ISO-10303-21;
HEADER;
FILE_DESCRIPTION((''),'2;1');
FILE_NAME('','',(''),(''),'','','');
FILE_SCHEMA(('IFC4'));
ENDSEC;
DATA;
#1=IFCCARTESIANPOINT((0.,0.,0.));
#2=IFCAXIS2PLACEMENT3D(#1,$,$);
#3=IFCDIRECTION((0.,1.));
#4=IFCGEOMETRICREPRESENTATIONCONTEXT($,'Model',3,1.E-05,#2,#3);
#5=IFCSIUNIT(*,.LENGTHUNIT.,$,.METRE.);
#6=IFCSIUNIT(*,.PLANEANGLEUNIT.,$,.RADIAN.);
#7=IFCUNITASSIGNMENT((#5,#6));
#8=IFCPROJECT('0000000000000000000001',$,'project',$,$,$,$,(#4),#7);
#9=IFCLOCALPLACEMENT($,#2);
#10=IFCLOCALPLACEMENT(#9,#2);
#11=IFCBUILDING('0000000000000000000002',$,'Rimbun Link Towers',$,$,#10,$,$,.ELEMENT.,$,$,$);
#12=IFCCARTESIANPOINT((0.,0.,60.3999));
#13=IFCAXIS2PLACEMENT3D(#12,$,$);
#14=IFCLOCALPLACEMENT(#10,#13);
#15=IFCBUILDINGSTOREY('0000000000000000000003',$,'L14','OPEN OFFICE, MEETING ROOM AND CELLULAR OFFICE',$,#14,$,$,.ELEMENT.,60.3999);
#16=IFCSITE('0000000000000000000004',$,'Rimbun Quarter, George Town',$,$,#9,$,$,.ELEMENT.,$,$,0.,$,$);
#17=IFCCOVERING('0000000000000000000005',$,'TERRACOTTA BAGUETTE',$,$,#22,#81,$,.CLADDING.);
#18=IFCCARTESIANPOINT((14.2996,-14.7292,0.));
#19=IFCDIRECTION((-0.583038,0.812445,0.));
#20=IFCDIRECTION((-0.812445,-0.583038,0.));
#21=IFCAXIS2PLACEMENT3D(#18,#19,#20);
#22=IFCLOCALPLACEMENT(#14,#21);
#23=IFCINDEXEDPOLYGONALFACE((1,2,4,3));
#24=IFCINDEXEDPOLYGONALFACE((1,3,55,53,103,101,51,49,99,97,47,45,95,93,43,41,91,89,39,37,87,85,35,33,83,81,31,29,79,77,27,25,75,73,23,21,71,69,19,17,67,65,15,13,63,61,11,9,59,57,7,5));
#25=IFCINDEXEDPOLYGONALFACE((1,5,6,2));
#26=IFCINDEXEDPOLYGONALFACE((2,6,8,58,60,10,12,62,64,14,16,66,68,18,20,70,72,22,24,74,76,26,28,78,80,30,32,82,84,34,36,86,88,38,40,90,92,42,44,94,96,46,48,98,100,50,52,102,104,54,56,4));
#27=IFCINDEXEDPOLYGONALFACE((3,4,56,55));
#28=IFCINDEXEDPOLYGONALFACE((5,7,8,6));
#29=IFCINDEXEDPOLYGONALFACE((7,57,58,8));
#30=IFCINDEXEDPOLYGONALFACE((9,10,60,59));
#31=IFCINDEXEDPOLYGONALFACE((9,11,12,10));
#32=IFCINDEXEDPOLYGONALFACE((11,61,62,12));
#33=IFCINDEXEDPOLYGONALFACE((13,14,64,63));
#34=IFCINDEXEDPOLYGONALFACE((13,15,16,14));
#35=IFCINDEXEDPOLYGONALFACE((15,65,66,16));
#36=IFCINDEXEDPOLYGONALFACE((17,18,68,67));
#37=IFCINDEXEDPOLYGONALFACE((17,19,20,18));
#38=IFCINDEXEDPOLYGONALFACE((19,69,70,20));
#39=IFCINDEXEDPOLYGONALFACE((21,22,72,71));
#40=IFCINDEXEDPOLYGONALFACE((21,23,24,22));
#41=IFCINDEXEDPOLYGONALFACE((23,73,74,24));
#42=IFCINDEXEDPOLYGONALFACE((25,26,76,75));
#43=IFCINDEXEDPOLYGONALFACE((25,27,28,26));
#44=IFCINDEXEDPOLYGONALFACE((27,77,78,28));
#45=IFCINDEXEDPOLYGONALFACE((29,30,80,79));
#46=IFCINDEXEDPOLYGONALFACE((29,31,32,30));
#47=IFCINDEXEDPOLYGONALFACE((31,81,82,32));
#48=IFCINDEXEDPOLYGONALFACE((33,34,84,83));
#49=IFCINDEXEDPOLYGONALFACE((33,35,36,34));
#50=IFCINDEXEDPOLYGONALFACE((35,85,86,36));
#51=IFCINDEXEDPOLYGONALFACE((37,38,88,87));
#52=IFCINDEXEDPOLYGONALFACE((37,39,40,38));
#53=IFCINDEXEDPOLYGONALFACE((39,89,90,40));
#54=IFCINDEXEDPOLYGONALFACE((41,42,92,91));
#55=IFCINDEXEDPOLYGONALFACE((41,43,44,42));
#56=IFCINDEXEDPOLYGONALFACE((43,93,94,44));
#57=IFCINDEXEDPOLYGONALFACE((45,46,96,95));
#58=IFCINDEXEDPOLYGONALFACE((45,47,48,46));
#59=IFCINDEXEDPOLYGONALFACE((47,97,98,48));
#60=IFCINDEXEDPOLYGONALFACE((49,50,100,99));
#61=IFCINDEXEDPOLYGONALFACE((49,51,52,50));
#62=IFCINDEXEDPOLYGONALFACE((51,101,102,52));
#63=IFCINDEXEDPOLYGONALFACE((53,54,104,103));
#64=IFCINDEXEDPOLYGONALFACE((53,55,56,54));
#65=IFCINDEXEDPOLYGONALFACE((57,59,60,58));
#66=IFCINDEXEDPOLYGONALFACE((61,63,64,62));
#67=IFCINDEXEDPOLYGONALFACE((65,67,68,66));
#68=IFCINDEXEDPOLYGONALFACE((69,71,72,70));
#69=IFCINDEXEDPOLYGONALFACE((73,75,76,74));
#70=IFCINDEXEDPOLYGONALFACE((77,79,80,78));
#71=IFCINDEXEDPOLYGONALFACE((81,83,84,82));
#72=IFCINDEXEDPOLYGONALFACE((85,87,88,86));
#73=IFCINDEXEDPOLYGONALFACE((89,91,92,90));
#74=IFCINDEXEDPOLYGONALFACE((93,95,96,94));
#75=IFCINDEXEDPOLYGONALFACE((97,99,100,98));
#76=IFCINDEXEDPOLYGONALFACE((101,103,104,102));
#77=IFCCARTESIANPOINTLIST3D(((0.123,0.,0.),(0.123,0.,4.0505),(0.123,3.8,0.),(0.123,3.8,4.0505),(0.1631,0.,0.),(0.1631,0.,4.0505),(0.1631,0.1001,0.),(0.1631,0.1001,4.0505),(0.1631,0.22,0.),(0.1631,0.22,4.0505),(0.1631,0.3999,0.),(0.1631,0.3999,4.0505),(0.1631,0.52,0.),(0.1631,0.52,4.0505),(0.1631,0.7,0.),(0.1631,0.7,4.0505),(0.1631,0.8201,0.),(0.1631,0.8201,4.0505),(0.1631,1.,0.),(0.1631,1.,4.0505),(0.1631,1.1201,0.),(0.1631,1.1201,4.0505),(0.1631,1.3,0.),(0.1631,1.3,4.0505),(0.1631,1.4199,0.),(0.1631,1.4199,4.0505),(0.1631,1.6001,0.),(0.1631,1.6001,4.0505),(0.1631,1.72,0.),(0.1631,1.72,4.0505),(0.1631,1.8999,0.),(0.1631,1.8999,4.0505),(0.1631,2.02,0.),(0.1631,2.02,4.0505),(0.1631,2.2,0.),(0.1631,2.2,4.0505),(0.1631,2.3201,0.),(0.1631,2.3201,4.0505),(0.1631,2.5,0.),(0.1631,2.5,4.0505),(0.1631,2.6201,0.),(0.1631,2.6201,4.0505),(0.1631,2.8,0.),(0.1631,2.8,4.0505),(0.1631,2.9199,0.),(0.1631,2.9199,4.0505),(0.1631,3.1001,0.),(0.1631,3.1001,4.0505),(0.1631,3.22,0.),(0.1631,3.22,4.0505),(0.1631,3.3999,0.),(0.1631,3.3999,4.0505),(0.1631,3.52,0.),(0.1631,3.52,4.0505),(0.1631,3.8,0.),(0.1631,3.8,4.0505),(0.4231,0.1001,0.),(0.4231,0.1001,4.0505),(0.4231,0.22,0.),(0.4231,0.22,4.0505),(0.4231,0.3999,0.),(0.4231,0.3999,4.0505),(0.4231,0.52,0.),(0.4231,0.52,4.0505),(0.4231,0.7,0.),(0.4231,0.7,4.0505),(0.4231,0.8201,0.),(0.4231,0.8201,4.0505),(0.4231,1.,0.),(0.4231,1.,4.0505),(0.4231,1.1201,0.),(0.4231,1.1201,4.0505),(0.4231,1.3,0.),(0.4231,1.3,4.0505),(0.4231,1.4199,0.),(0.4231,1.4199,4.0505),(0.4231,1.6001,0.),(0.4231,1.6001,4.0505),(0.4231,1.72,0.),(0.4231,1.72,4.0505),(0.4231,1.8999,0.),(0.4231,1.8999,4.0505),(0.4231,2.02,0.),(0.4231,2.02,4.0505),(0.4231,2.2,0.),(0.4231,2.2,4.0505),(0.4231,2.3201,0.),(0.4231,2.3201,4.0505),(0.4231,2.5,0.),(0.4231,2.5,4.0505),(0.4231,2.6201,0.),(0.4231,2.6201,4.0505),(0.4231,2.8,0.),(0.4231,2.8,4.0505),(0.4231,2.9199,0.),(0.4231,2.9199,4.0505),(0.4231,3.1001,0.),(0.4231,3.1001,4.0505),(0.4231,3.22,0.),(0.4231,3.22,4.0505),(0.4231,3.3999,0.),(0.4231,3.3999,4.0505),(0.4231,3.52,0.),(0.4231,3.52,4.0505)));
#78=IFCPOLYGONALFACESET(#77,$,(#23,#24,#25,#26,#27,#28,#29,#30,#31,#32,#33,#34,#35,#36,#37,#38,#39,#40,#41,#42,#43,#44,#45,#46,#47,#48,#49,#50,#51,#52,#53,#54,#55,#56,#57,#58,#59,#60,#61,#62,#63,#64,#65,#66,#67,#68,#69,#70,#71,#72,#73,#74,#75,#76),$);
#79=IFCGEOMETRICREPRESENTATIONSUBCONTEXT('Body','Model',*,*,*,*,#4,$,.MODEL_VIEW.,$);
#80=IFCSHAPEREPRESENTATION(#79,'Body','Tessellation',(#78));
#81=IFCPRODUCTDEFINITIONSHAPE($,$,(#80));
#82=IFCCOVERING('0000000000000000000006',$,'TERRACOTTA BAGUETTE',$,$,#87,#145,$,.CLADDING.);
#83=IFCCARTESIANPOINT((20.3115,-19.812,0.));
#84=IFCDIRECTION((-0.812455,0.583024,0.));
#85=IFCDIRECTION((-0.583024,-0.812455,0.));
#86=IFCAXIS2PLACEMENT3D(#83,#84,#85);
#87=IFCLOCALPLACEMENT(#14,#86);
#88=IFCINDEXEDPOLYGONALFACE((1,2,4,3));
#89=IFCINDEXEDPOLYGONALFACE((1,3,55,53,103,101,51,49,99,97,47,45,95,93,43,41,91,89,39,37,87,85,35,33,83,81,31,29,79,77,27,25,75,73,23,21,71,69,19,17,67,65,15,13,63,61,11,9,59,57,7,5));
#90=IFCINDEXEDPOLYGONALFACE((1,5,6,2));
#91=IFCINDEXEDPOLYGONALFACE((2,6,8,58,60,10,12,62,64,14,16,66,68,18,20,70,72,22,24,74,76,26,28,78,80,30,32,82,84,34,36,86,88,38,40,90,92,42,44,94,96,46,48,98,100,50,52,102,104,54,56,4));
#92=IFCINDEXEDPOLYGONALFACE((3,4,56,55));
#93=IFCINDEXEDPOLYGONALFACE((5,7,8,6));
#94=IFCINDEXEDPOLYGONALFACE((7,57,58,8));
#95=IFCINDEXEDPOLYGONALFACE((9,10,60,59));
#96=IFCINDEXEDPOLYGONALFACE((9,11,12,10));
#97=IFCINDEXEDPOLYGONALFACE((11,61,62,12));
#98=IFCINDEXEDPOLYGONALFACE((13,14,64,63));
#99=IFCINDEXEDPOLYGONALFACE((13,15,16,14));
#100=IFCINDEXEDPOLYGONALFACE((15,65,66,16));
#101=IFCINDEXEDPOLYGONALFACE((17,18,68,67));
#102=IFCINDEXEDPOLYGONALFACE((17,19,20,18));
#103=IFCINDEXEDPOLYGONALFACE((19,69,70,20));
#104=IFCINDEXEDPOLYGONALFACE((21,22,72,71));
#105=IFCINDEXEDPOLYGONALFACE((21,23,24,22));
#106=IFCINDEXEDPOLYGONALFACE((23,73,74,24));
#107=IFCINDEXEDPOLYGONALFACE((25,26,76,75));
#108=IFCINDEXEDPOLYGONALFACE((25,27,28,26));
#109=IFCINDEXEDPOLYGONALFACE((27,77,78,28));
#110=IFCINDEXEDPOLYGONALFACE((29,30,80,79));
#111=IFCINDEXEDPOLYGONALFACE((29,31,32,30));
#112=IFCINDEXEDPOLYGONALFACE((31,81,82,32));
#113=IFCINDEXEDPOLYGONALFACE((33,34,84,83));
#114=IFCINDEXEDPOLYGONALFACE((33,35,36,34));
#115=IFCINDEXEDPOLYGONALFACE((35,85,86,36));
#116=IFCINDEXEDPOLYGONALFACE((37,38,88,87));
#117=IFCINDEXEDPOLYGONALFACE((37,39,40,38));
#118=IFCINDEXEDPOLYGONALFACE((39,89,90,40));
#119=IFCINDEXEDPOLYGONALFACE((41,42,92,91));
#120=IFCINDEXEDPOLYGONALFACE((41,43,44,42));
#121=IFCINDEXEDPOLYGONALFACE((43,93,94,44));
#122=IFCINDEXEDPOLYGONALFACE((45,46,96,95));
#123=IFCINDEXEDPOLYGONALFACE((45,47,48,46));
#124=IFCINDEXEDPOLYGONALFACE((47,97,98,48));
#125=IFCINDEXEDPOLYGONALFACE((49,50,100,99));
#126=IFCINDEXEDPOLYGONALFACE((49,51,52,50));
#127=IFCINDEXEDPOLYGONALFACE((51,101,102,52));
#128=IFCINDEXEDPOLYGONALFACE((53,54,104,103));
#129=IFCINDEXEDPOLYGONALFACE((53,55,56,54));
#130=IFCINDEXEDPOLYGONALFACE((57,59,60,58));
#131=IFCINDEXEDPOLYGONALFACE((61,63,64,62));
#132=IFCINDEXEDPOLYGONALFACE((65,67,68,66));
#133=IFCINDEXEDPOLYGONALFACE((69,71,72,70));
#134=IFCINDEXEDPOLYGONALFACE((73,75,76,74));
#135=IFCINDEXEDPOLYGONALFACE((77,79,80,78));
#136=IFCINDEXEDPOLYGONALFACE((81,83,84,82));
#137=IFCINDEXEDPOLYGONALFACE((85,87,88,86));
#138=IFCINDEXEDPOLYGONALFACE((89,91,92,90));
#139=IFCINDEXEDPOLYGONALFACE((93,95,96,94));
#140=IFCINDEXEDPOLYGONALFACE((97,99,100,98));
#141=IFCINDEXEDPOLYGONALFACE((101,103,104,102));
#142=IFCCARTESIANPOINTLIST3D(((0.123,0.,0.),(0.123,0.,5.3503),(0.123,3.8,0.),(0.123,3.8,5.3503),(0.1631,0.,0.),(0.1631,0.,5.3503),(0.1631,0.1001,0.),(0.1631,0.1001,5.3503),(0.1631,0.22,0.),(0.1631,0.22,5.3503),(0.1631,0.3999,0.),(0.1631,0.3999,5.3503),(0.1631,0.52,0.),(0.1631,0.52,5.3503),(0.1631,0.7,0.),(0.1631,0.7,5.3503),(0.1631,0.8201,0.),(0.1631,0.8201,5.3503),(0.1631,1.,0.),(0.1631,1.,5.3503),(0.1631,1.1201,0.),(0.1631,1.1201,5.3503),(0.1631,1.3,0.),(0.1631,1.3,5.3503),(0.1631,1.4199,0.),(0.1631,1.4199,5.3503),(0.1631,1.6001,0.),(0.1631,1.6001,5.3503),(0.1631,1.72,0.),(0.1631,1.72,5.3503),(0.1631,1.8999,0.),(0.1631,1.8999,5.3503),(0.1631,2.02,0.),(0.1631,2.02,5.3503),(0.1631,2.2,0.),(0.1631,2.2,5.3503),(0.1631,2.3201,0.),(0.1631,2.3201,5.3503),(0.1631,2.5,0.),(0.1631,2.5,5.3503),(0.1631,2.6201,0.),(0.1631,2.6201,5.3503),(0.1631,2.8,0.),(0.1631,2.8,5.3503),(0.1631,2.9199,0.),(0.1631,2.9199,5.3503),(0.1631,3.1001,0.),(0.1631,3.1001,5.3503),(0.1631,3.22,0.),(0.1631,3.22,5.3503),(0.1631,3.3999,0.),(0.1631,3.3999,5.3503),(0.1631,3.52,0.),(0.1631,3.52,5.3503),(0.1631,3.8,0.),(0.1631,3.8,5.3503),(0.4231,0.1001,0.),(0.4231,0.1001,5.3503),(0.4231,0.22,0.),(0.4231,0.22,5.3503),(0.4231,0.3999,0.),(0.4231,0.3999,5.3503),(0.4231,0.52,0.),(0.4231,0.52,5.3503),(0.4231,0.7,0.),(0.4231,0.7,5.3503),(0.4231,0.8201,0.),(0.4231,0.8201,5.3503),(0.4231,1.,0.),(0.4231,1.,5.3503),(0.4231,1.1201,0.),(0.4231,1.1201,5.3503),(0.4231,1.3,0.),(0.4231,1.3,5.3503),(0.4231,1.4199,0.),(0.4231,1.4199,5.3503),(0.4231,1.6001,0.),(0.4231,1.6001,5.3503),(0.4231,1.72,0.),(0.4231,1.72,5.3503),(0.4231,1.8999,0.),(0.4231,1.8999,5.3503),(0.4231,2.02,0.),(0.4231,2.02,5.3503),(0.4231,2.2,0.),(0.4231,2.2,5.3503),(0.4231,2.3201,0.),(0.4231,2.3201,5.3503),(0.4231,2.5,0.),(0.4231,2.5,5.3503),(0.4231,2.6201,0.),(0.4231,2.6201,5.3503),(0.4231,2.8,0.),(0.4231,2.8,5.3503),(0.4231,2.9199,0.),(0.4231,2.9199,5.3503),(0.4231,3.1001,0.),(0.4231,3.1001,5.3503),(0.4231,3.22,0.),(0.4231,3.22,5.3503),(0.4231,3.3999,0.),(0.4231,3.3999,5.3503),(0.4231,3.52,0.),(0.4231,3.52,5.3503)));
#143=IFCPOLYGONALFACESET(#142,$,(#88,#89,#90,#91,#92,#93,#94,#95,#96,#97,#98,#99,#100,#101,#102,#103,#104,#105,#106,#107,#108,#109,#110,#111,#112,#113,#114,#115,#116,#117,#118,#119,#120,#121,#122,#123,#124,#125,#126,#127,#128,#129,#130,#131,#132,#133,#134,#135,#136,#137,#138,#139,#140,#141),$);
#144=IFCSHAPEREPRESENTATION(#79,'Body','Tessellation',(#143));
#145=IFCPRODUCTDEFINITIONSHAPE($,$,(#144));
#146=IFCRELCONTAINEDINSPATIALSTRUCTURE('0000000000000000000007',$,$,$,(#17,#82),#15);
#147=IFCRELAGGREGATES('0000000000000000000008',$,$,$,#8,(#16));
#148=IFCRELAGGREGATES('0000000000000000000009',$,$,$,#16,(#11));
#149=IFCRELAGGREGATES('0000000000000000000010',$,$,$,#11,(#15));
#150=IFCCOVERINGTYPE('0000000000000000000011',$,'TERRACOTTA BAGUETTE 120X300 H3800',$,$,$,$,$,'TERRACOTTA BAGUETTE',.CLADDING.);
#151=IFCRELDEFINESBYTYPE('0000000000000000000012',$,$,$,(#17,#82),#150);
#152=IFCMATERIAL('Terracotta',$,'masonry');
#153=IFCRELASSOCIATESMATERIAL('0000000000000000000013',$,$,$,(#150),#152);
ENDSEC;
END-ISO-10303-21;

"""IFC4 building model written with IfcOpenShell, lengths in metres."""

from ifc_helpers import new_model, si_unit, direction, frame, origin, place, context, subcontext, project, spatial, polyline, outline, extrude, material, material_profile, profile_set, type_object, element, save


model = new_model("IFC4")

# Units and contexts
model_context = context("Model", 3, precision=1e-05, world=origin(), true_north=direction((0.0, 1.0)))
body_context = subcontext(model_context, "Body", "Model", "MODEL_VIEW")
ifc_project = project(units=[si_unit("LENGTHUNIT", "METRE"), si_unit("PLANEANGLEUNIT", "RADIAN")], contexts=[model_context])

# Site, building, storey
site_placement = place(None, origin())
site = spatial("IfcSite", under=ifc_project, at=site_placement, Name="Rimbun Quarter, George Town", CompositionType="ELEMENT", RefElevation=0.0)
building_placement = place(site_placement, origin())
building = spatial("IfcBuilding", under=site, at=building_placement, Name="Rimbun Link Towers", CompositionType="ELEMENT")
storey_placement = place(building_placement, frame((0.0, 0.0, 60.3999)))
storey = spatial("IfcBuildingStorey", under=building, at=storey_placement, Name="L14", Description="OPEN OFFICE, MEETING ROOM AND CELLULAR OFFICE", CompositionType="ELEMENT", Elevation=60.3999)

# Coverings
ifc_material_1 = material(Name="Terracotta", Category="masonry")
ifc_material_profile_1 = material_profile(ifc_material_1, outline(polyline([(0.123, 0.0), (0.1631, 0.0), (0.1631, 0.1001), (0.4231, 0.1001), (0.4231, 0.22), (0.1631, 0.22), (0.1631, 0.3999), (0.4231, 0.3999), (0.4231, 0.52), (0.1631, 0.52), (0.1631, 0.7), (0.4231, 0.7), (0.4231, 0.8201), (0.1631, 0.8201), (0.1631, 1.0), (0.4231, 1.0), (0.4231, 1.1201), (0.1631, 1.1201), (0.1631, 1.3), (0.4231, 1.3), (0.4231, 1.4199), (0.1631, 1.4199), (0.1631, 1.6001), (0.4231, 1.6001), (0.4231, 1.72), (0.1631, 1.72), (0.1631, 1.8999), (0.4231, 1.8999), (0.4231, 2.02), (0.1631, 2.02), (0.1631, 2.2), (0.4231, 2.2), (0.4231, 2.3201), (0.1631, 2.3201), (0.1631, 2.5), (0.4231, 2.5), (0.4231, 2.6201), (0.1631, 2.6201), (0.1631, 2.8), (0.4231, 2.8), (0.4231, 2.9199), (0.1631, 2.9199), (0.1631, 3.1001), (0.4231, 3.1001), (0.4231, 3.22), (0.1631, 3.22), (0.1631, 3.3999), (0.4231, 3.3999), (0.4231, 3.52), (0.1631, 3.52), (0.1631, 3.8), (0.123, 3.8), (0.123, 0.0)])), Name="BAGUETTE 120X300")
ifc_profile_set_1 = profile_set([ifc_material_profile_1], Name="Terracotta")
covering_type = type_object("IfcCoveringType", Name="TERRACOTTA BAGUETTE 120X300 H3800", ElementType="TERRACOTTA BAGUETTE", PredefinedType="CLADDING", material=ifc_profile_set_1)
covering_1_placement = place(storey_placement, frame((14.2996, -14.7292, 0.0), z_axis=(-0.583038, 0.812445, 0.0), x_axis=(-0.812445, -0.583038, 0.0)))
element("IfcCovering", 1, at=covering_1_placement, inside=storey, type_object=covering_type, Name="TERRACOTTA BAGUETTE", PredefinedType="CLADDING", context=body_context, shape_type="SweptSolid", body=[
    extrude(outline(polyline([(0.123, 0.0), (0.1631, 0.0), (0.1631, 0.1001), (0.4231, 0.1001), (0.4231, 0.22), (0.1631, 0.22), (0.1631, 0.3999), (0.4231, 0.3999), (0.4231, 0.52), (0.1631, 0.52), (0.1631, 0.7), (0.4231, 0.7), (0.4231, 0.8201), (0.1631, 0.8201), (0.1631, 1.0), (0.4231, 1.0), (0.4231, 1.1201), (0.1631, 1.1201), (0.1631, 1.3), (0.4231, 1.3), (0.4231, 1.4199), (0.1631, 1.4199), (0.1631, 1.6001), (0.4231, 1.6001), (0.4231, 1.72), (0.1631, 1.72), (0.1631, 1.8999), (0.4231, 1.8999), (0.4231, 2.02), (0.1631, 2.02), (0.1631, 2.2), (0.4231, 2.2), (0.4231, 2.3201), (0.1631, 2.3201), (0.1631, 2.5), (0.4231, 2.5), (0.4231, 2.6201), (0.1631, 2.6201), (0.1631, 2.8), (0.4231, 2.8), (0.4231, 2.9199), (0.1631, 2.9199), (0.1631, 3.1001), (0.4231, 3.1001), (0.4231, 3.22), (0.1631, 3.22), (0.1631, 3.3999), (0.4231, 3.3999), (0.4231, 3.52), (0.1631, 3.52), (0.1631, 3.8), (0.123, 3.8), (0.123, 0.0)])), origin(), (0.0, 0.0, 1.0), 4.0505),
])
covering_2_placement = place(storey_placement, frame((20.3115, -19.812, 0.0), z_axis=(-0.812455, 0.583024, 0.0), x_axis=(-0.583024, -0.812455, 0.0)))
element("IfcCovering", 2, at=covering_2_placement, inside=storey, type_object=covering_type, Name="TERRACOTTA BAGUETTE", PredefinedType="CLADDING", context=body_context, shape_type="SweptSolid", body=[
    extrude(outline(polyline([(0.123, 0.0), (0.1631, 0.0), (0.1631, 0.1001), (0.4231, 0.1001), (0.4231, 0.22), (0.1631, 0.22), (0.1631, 0.3999), (0.4231, 0.3999), (0.4231, 0.52), (0.1631, 0.52), (0.1631, 0.7), (0.4231, 0.7), (0.4231, 0.8201), (0.1631, 0.8201), (0.1631, 1.0), (0.4231, 1.0), (0.4231, 1.1201), (0.1631, 1.1201), (0.1631, 1.3), (0.4231, 1.3), (0.4231, 1.4199), (0.1631, 1.4199), (0.1631, 1.6001), (0.4231, 1.6001), (0.4231, 1.72), (0.1631, 1.72), (0.1631, 1.8999), (0.4231, 1.8999), (0.4231, 2.02), (0.1631, 2.02), (0.1631, 2.2), (0.4231, 2.2), (0.4231, 2.3201), (0.1631, 2.3201), (0.1631, 2.5), (0.4231, 2.5), (0.4231, 2.6201), (0.1631, 2.6201), (0.1631, 2.8), (0.4231, 2.8), (0.4231, 2.9199), (0.1631, 2.9199), (0.1631, 3.1001), (0.4231, 3.1001), (0.4231, 3.22), (0.1631, 3.22), (0.1631, 3.3999), (0.4231, 3.3999), (0.4231, 3.52), (0.1631, 3.52), (0.1631, 3.8), (0.123, 3.8), (0.123, 0.0)])), origin(), (0.0, 0.0, 1.0), 5.3503),
])

save(model, "model.ifc")
